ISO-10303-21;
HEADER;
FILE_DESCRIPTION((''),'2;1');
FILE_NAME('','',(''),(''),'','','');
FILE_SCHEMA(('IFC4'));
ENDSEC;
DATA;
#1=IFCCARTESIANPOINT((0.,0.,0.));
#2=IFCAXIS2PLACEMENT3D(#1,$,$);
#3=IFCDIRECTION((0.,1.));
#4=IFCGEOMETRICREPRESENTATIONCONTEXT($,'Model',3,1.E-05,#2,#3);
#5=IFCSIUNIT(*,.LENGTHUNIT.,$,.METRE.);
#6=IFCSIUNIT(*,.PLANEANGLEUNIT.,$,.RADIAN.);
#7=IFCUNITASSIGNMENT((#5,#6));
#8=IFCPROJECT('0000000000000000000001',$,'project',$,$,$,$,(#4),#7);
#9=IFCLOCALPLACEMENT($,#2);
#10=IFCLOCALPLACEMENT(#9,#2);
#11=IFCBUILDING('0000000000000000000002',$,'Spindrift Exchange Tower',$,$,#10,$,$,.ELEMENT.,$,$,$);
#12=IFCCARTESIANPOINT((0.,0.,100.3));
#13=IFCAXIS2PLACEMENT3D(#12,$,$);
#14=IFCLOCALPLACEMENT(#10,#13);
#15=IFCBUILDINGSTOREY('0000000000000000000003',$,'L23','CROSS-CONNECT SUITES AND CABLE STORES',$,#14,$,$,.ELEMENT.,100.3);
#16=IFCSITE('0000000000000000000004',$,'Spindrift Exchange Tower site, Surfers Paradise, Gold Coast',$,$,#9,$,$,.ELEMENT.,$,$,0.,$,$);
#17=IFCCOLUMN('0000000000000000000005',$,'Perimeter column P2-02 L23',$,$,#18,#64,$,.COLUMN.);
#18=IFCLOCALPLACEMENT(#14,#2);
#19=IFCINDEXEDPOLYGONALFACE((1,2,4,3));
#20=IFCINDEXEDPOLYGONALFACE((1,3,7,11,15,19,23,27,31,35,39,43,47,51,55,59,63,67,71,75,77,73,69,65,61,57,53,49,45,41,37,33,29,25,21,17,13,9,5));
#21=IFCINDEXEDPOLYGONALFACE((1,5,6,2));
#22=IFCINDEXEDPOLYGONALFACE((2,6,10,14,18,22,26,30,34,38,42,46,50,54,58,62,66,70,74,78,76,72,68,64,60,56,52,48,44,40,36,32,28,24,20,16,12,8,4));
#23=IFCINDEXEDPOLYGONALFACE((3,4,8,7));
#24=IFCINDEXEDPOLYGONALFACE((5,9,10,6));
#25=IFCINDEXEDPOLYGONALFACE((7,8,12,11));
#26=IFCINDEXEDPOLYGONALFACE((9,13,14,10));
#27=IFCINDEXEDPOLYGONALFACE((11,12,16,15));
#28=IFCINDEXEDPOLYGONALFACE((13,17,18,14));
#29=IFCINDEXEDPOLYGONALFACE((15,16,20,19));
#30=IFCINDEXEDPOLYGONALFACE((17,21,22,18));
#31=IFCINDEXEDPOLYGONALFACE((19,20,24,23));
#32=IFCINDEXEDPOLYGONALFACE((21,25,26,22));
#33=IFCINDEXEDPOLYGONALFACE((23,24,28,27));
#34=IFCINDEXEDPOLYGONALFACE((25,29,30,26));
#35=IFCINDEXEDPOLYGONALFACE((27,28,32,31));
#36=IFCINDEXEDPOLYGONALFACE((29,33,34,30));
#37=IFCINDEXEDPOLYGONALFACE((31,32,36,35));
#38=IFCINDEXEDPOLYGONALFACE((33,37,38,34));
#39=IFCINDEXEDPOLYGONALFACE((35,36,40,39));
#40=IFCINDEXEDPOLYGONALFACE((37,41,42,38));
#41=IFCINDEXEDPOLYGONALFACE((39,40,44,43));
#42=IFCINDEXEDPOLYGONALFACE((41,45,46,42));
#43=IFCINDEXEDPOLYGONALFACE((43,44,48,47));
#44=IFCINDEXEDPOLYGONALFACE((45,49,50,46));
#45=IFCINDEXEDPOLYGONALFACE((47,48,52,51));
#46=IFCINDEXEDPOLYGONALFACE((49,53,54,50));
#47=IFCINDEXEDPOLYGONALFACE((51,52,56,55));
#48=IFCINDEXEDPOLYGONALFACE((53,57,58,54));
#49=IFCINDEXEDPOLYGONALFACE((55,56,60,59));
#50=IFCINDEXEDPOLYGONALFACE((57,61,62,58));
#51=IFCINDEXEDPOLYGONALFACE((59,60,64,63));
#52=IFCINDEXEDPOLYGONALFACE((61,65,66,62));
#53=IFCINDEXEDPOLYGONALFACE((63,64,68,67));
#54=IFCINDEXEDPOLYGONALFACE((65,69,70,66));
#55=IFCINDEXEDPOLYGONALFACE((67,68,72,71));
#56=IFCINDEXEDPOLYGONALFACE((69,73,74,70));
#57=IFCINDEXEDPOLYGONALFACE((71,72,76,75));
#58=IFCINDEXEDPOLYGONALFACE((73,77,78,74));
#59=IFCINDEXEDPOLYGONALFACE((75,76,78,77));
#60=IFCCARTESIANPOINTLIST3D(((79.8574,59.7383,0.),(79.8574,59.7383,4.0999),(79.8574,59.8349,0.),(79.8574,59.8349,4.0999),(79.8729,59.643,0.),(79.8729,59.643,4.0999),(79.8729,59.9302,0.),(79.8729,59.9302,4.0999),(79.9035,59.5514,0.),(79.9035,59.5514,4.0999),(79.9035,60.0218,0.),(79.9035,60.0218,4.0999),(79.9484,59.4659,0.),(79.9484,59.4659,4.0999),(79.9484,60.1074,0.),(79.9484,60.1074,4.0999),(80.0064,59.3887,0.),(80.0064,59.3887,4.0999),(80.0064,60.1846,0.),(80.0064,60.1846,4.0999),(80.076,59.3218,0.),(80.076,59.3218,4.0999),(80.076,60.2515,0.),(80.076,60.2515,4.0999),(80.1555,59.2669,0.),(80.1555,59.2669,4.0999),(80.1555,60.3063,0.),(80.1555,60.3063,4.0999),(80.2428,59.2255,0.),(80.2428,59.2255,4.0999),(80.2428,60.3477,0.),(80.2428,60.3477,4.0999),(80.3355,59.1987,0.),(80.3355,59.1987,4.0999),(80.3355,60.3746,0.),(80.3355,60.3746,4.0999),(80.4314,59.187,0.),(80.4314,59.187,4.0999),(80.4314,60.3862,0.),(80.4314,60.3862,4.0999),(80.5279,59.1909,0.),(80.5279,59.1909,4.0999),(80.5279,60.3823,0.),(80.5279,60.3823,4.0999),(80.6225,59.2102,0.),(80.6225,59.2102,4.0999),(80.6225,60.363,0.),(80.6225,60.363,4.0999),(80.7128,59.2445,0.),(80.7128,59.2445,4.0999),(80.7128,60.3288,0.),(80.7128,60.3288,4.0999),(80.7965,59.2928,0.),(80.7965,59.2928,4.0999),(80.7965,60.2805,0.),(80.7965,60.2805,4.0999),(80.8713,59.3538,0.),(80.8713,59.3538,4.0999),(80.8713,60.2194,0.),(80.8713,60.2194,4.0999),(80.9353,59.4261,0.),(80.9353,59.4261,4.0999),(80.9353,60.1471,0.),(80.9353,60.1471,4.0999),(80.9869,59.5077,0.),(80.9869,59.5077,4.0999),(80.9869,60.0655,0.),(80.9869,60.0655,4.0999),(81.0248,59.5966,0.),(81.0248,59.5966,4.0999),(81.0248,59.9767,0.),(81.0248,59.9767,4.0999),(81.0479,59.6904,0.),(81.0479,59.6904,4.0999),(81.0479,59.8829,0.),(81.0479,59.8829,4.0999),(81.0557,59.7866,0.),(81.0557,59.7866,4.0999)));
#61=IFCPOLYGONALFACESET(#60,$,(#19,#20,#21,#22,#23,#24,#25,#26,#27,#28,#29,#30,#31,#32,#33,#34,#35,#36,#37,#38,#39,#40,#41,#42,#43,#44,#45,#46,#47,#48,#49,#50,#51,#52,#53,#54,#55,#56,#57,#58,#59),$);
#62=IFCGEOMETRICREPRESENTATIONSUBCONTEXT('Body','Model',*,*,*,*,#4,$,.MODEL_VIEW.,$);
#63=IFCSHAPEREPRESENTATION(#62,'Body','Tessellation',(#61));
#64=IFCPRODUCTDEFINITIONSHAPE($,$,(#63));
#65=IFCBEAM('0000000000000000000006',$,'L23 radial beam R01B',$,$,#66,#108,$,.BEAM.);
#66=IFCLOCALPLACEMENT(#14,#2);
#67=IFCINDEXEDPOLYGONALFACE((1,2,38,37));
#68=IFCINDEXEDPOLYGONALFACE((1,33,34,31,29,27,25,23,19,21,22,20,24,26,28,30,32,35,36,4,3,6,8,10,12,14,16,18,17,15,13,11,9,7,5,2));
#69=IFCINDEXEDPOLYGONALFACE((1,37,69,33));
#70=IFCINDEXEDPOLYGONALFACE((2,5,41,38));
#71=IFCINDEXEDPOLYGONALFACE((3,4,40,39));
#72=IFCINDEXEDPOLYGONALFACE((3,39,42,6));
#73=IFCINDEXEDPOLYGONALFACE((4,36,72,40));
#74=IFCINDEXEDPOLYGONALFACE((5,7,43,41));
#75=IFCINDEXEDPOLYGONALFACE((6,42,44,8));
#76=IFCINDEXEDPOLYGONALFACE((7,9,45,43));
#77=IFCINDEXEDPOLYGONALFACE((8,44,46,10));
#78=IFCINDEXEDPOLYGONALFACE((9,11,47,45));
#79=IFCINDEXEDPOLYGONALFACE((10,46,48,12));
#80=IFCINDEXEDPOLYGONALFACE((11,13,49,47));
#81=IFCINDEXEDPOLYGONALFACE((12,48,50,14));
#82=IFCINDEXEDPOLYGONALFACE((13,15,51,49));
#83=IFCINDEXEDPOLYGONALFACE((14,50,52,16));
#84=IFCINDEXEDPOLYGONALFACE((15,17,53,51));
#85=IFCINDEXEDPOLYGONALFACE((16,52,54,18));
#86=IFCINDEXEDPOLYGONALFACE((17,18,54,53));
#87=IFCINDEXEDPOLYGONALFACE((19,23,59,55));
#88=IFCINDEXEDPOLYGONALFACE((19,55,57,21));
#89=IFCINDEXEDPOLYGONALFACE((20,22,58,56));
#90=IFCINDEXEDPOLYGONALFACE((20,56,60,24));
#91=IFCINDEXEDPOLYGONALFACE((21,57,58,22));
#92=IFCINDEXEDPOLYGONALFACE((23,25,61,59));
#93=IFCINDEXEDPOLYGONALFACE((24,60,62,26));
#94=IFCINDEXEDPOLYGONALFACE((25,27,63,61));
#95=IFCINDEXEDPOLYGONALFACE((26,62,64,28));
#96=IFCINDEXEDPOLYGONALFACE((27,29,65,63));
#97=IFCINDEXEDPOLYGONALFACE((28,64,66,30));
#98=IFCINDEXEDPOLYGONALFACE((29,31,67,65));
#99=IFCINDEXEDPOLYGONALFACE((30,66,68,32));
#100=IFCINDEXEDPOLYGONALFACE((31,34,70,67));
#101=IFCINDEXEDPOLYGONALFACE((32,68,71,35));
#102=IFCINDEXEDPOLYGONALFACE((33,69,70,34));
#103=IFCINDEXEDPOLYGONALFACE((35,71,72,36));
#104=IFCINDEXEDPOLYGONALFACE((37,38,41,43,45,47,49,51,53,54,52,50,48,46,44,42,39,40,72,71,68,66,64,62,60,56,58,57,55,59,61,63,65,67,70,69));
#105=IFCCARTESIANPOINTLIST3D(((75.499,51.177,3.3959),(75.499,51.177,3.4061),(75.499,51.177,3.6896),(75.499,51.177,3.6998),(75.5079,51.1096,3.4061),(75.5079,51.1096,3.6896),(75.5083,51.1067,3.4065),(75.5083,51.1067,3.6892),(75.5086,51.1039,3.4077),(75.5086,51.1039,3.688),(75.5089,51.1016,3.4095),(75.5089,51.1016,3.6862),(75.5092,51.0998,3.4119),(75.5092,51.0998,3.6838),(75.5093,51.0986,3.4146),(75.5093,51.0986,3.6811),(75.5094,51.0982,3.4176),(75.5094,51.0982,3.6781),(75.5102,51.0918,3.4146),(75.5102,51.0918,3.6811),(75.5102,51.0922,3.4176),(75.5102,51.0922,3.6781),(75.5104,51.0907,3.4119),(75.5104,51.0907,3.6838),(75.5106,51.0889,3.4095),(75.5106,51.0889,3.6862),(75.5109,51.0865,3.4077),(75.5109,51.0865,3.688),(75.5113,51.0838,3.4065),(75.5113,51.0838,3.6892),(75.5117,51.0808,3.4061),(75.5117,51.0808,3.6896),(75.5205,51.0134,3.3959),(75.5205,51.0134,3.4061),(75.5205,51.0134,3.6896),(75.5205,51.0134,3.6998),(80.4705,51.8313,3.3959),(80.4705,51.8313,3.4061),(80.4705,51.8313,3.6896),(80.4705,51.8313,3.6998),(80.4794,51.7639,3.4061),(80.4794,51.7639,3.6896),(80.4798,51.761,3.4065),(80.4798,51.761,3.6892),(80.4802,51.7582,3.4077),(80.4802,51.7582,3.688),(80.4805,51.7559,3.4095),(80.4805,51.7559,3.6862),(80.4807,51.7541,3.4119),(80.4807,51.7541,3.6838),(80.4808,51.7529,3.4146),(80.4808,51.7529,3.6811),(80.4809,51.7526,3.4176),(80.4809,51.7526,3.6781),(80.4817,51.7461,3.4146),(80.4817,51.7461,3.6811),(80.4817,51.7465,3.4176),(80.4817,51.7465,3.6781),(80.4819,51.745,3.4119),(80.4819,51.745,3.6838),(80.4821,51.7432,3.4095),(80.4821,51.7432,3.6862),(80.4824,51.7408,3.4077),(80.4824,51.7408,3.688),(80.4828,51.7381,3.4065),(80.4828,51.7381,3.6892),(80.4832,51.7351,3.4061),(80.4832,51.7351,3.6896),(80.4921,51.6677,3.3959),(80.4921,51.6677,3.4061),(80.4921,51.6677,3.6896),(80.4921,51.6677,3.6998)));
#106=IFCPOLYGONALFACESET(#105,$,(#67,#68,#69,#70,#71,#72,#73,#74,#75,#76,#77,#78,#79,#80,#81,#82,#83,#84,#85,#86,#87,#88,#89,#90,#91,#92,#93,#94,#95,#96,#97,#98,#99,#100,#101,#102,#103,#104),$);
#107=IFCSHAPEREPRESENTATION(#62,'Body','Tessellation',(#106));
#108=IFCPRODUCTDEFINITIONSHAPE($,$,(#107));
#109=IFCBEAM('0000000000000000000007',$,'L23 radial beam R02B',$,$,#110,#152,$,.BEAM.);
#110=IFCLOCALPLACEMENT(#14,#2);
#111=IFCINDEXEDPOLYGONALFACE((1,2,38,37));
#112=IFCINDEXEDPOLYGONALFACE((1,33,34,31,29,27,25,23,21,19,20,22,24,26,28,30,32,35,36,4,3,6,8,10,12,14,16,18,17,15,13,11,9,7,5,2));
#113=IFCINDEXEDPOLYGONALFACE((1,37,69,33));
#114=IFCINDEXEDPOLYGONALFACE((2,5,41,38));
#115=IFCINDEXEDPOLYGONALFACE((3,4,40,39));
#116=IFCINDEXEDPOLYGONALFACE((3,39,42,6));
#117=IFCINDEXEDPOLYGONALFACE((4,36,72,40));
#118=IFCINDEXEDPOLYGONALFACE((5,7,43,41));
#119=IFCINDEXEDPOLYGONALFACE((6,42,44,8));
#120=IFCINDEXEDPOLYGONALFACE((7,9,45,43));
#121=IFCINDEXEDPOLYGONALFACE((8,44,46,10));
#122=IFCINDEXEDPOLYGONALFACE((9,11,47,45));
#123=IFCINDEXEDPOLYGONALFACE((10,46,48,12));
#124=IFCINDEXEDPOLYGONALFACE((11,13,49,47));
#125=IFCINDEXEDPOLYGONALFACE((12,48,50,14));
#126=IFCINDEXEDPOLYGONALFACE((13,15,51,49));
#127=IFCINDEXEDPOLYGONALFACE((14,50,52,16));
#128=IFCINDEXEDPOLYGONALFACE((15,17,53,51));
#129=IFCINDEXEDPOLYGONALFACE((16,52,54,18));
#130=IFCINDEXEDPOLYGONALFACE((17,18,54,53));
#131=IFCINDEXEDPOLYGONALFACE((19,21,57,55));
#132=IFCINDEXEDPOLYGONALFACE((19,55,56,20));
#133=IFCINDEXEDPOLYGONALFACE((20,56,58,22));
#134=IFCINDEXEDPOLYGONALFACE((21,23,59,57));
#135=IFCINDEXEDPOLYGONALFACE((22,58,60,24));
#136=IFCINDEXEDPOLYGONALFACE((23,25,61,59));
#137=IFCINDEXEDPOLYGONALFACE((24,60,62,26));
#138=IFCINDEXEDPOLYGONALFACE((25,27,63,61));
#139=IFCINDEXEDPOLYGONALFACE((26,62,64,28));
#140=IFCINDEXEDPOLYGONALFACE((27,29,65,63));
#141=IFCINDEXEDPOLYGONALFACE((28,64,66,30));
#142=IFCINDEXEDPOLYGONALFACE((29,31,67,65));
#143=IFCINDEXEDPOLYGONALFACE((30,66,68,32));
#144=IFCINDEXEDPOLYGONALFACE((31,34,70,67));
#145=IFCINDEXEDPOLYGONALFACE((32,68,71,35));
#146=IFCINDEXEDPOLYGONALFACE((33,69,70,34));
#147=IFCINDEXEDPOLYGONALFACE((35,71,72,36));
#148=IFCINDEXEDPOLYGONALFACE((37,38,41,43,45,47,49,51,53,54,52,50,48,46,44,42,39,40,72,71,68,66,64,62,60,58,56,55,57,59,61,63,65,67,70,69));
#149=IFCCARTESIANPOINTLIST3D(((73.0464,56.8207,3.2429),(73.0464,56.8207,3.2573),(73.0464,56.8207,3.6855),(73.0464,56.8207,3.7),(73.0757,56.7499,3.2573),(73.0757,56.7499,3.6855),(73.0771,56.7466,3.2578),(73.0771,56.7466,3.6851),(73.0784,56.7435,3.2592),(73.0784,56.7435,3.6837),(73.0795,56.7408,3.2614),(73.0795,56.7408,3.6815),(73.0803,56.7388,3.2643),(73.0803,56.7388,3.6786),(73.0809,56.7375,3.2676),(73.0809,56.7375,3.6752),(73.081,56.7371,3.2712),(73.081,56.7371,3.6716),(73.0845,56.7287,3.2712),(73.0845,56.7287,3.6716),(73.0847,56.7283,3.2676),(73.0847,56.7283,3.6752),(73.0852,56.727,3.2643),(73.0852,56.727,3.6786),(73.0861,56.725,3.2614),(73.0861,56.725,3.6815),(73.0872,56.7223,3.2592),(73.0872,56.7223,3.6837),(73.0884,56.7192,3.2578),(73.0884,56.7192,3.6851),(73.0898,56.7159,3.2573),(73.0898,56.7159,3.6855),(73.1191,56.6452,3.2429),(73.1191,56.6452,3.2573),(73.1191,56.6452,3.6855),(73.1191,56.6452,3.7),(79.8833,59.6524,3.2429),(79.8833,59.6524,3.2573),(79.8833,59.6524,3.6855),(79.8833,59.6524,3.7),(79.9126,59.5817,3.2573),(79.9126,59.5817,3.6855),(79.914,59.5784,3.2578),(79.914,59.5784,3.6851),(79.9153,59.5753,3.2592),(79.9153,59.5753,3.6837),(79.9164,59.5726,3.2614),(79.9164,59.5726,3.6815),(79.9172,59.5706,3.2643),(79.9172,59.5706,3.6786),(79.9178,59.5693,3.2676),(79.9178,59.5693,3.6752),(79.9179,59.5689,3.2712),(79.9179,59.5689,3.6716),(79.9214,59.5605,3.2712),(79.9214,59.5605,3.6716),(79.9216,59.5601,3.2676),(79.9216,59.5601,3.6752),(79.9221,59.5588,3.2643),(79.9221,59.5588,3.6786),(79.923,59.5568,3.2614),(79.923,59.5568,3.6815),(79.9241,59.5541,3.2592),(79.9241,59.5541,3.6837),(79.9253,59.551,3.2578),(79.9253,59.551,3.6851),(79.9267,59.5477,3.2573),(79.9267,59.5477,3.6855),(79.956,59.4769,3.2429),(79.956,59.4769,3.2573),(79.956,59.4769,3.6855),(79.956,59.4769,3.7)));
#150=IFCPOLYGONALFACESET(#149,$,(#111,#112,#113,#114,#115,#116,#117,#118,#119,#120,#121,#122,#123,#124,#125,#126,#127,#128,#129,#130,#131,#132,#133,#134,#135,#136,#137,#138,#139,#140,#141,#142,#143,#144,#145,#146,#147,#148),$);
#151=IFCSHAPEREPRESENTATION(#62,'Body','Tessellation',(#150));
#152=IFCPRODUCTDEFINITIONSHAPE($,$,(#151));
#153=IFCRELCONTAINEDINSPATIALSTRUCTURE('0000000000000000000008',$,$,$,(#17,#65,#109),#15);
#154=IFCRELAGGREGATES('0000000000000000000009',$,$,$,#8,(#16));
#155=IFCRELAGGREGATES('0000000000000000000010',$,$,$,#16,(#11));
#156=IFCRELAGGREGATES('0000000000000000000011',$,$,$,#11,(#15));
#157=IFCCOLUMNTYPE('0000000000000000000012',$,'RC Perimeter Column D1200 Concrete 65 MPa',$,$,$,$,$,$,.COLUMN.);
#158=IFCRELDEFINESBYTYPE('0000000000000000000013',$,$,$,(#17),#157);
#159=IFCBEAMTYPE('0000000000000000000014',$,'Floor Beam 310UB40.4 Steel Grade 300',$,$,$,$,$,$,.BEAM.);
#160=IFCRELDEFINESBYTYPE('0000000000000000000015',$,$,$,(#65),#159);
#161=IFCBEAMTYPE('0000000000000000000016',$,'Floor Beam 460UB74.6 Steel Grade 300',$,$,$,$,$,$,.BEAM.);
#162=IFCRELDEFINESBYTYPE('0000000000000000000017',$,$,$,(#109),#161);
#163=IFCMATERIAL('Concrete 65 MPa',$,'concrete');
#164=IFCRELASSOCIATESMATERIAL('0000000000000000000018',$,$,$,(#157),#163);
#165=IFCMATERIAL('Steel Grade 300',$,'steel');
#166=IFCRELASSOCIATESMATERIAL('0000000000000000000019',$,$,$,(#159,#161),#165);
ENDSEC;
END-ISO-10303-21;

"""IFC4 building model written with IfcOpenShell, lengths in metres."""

from ifc_helpers import new_model, si_unit, direction, frame, origin, origin_2d, place, context, subcontext, project, spatial, circle, i_section, extrude, source, transform, mapped, material, material_profile, profile_set, type_object, element, save


model = new_model("IFC4")

# Units and contexts
model_context = context("Model", 3, precision=1e-05, world=origin(), true_north=direction((0.0, 1.0)))
body_context = subcontext(model_context, "Body", "Model", "MODEL_VIEW")
ifc_project = project(units=[si_unit("LENGTHUNIT", "METRE"), si_unit("PLANEANGLEUNIT", "RADIAN")], contexts=[model_context])

# Site, building, storey
site_placement = place(None, origin())
site = spatial("IfcSite", under=ifc_project, at=site_placement, Name="Spindrift Exchange Tower site, Surfers Paradise, Gold Coast", CompositionType="ELEMENT", RefElevation=0.0)
building_placement = place(site_placement, origin())
building = spatial("IfcBuilding", under=site, at=building_placement, Name="Spindrift Exchange Tower", CompositionType="ELEMENT")
storey_placement = place(building_placement, frame((0.0, 0.0, 100.3)))
storey = spatial("IfcBuildingStorey", under=building, at=storey_placement, Name="L23", Description="CROSS-CONNECT SUITES AND CABLE STORES", CompositionType="ELEMENT", Elevation=100.3)

# Column
ifc_material_1 = material(Name="Concrete 65 MPa", Category="concrete")
ifc_material_profile_1 = material_profile(ifc_material_1, circle(Radius=0.6001, at=origin_2d()), Name="RC D1200")
ifc_profile_set_1 = profile_set([ifc_material_profile_1], Name="Concrete 65 MPa")
column_type_1 = type_object("IfcColumnType", Name="RC Perimeter Column D1200 Concrete 65 MPa", PredefinedType="COLUMN", material=ifc_profile_set_1)
shared_shape_1 = source(origin(), body_context, "Body", "SweptSolid", [
    extrude(circle(Radius=0.6001, at=origin_2d()), origin(), (0.0, 0.0, 1.0), 4.0999),
])
for number, where, z_axis, x_axis, name in (
    (1, (80.4556, 59.7866, 0.0), (0.0, 0.0, 1.0), (1.0, 0.0, 0.0), "Perimeter column P2-02 L23"),
):
    element("IfcColumn", number, at=place(storey_placement, frame(where, z_axis=z_axis, x_axis=x_axis)), inside=storey, type_object=column_type_1, Name=name, PredefinedType="COLUMN", context=body_context, shape_type="MappedRepresentation", body=[
        mapped(shared_shape_1, transform((0.0, 0.0, 0.0), scale=1.0)),
    ])

# Beams
ifc_material_2 = material(Name="Steel Grade 300", Category="steel")
ifc_material_profile_2 = material_profile(ifc_material_2, i_section(OverallWidth=0.165, OverallDepth=0.304, WebThickness=0.0061, FlangeThickness=0.0103, FilletRadius=0.0115, at=origin_2d()), Name="310UB40.4")
ifc_profile_set_2 = profile_set([ifc_material_profile_2], Name="Steel Grade 300")
beam_type_1 = type_object("IfcBeamType", Name="Floor Beam 310UB40.4 Steel Grade 300", PredefinedType="BEAM", material=ifc_profile_set_2)
shared_shape_2 = source(origin(), body_context, "Body", "SweptSolid", [
    extrude(i_section(OverallWidth=0.165, OverallDepth=0.304, WebThickness=0.0061, FlangeThickness=0.0103, FilletRadius=0.0115, at=origin_2d()), origin(), (0.0, 0.0, 1.0), 5.0144),
])
beam_1_placement = place(storey_placement, frame((75.5098, 51.0952, 3.5479), z_axis=(0.99145, 0.130486, 0.0), x_axis=(-0.130486, 0.99145, 0.0)))
element("IfcBeam", 2, at=beam_1_placement, inside=storey, type_object=beam_type_1, Name="L23 radial beam R01B", PredefinedType="BEAM", context=body_context, shape_type="MappedRepresentation", body=[
    mapped(shared_shape_2, transform((0.0, 0.0, 0.0), scale=1.0)),
])
ifc_material_profile_3 = material_profile(ifc_material_2, i_section(OverallWidth=0.1899, OverallDepth=0.457, WebThickness=0.009, FlangeThickness=0.0144, FilletRadius=0.0139, at=origin_2d()), Name="460UB74.6")
ifc_profile_set_3 = profile_set([ifc_material_profile_3], Name="Steel Grade 300")
beam_type_2 = type_object("IfcBeamType", Name="Floor Beam 460UB74.6 Steel Grade 300", PredefinedType="BEAM", material=ifc_profile_set_3)
shared_shape_3 = source(origin(), body_context, "Body", "SweptSolid", [
    extrude(i_section(OverallWidth=0.1899, OverallDepth=0.457, WebThickness=0.009, FlangeThickness=0.0144, FilletRadius=0.0139, at=origin_2d()), origin(), (0.0, 0.0, 1.0), 7.4001),
])
beam_2_placement = place(storey_placement, frame((73.0828, 56.7329, 3.4714), z_axis=(0.923887, 0.382666, 0.0), x_axis=(-0.382666, 0.923887, 0.0)))
element("IfcBeam", 3, at=beam_2_placement, inside=storey, type_object=beam_type_2, Name="L23 radial beam R02B", PredefinedType="BEAM", context=body_context, shape_type="MappedRepresentation", body=[
    mapped(shared_shape_3, transform((0.0, 0.0, 0.0), scale=1.0)),
])

save(model, "model.ifc")
